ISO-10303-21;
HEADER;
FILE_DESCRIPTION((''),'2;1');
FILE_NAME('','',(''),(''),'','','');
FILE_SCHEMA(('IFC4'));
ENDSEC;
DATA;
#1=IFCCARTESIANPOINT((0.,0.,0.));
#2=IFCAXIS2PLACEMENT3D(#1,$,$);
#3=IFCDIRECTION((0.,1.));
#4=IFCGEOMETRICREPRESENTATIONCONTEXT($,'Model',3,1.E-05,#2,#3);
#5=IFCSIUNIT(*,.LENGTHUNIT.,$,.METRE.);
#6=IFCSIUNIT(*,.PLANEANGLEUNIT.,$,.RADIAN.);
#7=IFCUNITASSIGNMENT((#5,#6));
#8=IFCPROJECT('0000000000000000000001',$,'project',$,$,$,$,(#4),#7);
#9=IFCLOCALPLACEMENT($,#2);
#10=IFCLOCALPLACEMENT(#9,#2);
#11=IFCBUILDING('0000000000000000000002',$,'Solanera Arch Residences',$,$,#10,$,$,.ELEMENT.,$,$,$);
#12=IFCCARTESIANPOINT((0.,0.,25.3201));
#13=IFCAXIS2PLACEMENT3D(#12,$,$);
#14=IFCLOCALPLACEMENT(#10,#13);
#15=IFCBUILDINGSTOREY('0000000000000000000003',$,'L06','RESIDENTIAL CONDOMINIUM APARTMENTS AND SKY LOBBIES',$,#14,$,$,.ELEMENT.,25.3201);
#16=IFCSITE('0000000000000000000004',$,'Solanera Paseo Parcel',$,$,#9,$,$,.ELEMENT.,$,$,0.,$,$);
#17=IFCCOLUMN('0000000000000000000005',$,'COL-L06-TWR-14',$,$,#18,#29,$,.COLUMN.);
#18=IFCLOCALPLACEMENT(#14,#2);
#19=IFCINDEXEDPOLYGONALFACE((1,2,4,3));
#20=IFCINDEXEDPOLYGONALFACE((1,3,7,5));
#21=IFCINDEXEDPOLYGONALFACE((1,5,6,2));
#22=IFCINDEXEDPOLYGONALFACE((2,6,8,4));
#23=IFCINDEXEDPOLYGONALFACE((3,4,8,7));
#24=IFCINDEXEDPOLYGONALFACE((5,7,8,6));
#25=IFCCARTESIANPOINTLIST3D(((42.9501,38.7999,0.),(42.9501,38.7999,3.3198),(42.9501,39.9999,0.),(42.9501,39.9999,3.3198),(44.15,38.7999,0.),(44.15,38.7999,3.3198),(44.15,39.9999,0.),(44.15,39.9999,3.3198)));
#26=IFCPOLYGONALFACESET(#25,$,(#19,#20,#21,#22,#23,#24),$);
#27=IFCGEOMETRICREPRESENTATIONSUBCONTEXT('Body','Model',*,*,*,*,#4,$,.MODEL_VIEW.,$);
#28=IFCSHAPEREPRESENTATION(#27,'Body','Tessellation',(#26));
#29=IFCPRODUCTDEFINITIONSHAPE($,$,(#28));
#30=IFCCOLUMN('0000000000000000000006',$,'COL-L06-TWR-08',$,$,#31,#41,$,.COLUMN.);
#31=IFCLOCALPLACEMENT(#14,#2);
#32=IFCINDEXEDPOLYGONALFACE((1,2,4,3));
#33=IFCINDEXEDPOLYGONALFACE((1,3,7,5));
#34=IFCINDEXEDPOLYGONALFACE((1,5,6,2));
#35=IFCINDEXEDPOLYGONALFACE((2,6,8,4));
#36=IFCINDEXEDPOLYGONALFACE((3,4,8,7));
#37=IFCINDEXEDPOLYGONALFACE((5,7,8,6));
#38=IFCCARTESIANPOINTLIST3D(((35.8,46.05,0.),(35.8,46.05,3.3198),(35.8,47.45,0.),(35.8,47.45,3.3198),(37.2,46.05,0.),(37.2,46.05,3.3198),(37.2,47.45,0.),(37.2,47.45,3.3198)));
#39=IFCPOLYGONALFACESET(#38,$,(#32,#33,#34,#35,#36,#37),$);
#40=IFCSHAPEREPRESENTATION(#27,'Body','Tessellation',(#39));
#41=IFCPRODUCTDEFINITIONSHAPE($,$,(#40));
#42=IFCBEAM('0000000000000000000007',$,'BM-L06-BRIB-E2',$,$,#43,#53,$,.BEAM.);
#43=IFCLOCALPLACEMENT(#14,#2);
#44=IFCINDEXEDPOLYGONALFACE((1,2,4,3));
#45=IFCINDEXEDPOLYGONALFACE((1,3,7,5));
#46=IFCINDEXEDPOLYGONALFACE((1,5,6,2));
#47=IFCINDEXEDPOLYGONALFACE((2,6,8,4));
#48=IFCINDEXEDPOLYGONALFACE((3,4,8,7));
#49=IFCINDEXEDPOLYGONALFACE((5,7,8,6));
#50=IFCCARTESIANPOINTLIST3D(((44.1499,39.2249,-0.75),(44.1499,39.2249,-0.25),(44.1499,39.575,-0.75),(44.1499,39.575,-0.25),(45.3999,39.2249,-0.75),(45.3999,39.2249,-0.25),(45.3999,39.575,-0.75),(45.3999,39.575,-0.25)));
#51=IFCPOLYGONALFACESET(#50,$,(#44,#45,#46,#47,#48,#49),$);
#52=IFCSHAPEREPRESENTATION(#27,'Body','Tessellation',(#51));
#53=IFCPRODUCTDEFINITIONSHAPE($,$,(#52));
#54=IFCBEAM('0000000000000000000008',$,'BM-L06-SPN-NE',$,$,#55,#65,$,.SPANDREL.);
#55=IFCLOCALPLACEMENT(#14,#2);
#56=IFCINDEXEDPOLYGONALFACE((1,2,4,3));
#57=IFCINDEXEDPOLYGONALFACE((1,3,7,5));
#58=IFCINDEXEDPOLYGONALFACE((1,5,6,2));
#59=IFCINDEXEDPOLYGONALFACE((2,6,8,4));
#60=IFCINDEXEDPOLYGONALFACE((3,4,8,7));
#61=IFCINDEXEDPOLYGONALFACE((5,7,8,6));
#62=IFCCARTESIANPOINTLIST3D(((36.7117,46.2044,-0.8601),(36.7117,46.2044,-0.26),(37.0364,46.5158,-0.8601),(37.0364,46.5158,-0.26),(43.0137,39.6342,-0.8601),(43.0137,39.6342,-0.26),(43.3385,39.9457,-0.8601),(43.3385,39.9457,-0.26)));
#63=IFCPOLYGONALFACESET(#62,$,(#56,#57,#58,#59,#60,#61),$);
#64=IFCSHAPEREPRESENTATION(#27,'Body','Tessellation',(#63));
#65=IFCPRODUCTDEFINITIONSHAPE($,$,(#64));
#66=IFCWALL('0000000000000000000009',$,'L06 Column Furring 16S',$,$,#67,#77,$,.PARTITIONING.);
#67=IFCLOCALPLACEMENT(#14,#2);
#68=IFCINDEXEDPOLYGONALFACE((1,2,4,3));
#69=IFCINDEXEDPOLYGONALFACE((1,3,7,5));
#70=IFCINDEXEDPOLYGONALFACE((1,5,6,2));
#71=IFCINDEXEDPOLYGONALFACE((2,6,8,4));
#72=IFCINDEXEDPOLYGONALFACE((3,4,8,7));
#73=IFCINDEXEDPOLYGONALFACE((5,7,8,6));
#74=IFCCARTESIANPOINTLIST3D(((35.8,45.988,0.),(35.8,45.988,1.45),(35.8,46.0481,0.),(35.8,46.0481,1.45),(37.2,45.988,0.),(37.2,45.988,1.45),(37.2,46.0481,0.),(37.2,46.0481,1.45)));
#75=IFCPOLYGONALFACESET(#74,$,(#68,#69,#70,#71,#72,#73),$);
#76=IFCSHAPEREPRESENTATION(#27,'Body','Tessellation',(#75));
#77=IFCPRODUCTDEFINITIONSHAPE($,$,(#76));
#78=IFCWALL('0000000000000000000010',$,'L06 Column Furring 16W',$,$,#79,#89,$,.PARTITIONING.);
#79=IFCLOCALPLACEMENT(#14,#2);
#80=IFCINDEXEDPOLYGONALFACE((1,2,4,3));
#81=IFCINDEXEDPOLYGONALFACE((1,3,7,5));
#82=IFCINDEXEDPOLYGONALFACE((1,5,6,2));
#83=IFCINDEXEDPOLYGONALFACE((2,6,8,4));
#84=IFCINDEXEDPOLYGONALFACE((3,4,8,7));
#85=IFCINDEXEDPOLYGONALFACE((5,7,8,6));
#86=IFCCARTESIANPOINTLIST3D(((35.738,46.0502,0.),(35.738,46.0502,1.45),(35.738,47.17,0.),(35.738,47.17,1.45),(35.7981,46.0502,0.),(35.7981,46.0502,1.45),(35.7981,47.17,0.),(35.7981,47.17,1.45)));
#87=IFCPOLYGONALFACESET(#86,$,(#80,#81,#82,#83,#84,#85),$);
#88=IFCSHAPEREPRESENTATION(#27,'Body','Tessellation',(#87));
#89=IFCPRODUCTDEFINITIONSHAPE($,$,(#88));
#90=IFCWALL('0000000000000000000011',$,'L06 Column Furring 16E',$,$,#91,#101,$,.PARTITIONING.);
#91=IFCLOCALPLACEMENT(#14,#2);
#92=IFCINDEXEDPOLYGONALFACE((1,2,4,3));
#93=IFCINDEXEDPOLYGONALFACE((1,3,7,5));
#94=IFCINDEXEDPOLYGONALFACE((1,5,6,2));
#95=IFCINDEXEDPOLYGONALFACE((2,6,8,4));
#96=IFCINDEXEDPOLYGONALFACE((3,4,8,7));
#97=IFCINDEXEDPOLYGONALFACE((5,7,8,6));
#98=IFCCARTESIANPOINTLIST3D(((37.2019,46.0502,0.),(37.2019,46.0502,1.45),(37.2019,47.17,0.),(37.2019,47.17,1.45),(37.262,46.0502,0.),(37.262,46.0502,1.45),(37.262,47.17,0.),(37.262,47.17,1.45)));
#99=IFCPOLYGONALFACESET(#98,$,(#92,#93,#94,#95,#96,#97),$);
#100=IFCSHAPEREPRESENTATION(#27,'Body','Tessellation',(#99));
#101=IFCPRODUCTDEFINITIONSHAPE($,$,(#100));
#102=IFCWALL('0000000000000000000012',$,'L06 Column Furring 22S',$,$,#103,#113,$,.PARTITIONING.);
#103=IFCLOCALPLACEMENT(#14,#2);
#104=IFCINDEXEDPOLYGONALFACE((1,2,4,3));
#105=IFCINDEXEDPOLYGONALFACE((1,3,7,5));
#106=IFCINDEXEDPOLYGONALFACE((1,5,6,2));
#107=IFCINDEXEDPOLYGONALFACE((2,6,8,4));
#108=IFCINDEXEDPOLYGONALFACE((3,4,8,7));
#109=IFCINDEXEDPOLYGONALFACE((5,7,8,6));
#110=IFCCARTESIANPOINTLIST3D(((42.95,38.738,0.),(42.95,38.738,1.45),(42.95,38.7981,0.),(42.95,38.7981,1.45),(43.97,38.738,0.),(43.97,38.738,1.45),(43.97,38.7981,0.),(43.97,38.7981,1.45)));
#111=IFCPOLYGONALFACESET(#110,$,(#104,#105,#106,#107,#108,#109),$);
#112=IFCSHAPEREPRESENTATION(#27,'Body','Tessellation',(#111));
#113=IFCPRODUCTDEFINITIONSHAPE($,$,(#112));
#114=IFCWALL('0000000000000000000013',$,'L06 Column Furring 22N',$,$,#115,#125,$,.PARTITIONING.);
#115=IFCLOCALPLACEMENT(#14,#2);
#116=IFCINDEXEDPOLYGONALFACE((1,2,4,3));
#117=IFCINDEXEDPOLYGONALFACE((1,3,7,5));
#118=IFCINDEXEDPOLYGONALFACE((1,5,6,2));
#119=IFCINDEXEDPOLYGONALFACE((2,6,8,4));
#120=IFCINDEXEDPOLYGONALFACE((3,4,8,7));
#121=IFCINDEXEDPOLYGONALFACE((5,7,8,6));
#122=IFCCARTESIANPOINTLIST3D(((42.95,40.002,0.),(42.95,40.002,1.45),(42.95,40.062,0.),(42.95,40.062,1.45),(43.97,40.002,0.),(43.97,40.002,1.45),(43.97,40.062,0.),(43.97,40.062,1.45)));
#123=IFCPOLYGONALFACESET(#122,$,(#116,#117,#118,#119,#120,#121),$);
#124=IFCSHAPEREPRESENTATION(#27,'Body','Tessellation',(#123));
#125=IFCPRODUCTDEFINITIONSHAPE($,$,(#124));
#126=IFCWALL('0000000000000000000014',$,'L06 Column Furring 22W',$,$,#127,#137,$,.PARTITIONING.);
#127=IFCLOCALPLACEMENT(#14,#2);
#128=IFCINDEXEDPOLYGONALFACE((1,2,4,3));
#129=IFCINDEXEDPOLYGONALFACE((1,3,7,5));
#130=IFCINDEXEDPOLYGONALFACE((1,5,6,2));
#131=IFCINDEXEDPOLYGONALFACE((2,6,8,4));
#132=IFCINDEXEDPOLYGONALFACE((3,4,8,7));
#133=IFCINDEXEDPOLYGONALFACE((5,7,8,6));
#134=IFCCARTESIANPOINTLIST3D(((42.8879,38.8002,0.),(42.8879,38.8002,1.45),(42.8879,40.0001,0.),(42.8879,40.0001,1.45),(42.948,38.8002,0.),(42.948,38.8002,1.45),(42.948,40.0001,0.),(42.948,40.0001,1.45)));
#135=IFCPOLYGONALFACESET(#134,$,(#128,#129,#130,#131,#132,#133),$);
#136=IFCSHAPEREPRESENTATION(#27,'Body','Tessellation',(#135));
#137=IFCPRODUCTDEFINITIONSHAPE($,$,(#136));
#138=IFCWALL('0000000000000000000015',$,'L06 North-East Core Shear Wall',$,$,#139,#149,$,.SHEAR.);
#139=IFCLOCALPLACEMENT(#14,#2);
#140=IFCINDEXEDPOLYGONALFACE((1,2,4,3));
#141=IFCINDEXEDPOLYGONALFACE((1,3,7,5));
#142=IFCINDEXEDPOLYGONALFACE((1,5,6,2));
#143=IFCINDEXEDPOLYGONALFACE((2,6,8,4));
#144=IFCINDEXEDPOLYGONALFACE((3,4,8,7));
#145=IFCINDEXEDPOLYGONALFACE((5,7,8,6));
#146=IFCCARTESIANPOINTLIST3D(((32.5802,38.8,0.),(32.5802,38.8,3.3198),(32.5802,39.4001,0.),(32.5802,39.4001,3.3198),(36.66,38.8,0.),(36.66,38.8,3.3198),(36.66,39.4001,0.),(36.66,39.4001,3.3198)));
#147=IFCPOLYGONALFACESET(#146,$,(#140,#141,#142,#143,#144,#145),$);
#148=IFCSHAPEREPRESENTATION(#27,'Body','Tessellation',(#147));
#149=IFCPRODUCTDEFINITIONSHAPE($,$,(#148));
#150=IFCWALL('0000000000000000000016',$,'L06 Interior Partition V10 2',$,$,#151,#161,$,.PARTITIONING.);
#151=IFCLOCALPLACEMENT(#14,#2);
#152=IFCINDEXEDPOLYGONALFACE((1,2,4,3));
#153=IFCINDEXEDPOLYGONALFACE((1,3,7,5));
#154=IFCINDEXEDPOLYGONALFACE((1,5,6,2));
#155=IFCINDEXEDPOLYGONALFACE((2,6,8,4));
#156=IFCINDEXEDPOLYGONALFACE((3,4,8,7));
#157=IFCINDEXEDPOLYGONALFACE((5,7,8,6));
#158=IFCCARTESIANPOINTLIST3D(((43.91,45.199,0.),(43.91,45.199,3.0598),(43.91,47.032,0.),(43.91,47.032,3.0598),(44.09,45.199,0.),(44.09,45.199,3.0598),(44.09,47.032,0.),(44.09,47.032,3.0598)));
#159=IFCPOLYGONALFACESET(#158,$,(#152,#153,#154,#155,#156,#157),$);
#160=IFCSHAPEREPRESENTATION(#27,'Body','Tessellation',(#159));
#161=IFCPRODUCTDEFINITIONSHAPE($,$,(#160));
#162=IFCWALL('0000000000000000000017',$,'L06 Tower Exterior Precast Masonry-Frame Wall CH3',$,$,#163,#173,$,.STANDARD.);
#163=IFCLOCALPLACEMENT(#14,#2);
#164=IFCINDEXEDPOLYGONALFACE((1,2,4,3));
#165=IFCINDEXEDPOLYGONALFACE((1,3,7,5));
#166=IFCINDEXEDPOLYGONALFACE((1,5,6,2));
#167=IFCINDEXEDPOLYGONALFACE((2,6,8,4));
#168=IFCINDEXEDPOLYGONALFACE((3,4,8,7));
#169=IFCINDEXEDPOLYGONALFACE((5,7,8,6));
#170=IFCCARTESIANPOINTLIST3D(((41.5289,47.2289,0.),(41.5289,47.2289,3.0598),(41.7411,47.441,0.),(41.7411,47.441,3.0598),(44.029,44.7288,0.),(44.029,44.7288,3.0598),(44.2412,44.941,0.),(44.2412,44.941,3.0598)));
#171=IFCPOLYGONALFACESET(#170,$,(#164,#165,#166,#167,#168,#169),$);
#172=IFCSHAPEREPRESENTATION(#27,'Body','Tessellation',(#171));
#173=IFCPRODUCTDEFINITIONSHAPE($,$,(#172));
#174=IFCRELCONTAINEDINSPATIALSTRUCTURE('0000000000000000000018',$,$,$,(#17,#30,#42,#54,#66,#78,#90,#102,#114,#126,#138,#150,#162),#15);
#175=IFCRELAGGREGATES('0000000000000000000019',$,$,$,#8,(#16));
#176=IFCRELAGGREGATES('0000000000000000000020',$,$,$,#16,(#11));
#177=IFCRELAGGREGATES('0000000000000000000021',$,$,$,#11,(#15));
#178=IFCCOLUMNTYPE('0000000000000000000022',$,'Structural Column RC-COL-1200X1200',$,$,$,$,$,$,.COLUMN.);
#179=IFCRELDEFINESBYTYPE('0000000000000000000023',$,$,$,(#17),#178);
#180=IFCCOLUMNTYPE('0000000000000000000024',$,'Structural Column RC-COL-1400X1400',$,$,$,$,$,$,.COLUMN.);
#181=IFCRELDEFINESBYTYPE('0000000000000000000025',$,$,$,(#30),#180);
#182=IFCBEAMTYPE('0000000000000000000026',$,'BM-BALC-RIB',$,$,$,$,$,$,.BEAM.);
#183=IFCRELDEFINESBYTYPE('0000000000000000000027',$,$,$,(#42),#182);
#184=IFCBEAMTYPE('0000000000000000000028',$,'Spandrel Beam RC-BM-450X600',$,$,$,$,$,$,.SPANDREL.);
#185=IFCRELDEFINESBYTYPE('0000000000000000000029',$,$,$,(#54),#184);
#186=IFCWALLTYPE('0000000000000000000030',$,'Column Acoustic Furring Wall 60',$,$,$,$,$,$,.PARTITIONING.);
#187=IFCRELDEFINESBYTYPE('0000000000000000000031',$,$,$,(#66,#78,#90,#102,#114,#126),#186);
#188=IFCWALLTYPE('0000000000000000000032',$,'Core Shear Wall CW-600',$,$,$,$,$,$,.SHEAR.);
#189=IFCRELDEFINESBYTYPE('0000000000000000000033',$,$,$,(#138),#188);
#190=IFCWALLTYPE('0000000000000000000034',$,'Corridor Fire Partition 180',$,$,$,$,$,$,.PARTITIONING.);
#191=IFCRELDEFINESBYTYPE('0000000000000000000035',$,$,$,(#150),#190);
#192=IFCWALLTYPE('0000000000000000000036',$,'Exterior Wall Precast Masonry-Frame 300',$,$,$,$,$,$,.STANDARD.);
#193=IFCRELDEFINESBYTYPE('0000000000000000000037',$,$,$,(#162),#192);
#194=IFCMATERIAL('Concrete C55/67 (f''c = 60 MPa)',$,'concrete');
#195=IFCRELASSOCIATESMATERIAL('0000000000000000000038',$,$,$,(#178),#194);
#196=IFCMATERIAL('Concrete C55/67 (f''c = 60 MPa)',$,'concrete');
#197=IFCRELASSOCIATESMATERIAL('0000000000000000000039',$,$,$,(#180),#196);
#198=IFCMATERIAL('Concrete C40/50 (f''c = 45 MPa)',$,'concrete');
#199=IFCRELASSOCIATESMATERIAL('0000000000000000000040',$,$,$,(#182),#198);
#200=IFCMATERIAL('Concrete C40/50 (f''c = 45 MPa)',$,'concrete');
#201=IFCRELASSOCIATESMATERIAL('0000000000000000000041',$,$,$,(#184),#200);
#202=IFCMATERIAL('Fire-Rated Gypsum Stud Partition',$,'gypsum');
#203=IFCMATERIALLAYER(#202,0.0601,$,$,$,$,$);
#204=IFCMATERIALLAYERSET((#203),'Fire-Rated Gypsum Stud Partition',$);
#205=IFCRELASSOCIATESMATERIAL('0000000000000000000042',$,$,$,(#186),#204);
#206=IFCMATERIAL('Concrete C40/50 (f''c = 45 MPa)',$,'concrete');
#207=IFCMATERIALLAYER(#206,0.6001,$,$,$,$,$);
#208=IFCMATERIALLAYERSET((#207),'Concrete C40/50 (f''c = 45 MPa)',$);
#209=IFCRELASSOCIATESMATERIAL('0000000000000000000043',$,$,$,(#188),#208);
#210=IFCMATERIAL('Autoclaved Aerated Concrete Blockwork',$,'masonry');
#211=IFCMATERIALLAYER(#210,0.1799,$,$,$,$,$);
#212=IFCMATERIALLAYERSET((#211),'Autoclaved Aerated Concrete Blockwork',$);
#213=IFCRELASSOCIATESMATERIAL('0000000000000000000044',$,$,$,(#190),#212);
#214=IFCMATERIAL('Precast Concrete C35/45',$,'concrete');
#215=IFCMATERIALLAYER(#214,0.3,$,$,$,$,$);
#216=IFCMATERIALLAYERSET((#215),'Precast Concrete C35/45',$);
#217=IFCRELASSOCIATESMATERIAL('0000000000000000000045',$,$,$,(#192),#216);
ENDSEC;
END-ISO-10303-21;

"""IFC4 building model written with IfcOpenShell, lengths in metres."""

from ifc_helpers import new_model, si_unit, direction, frame, frame_2d, origin, origin_2d, place, context, subcontext, project, spatial, rectangle, extrude, material, layer, layer_set, material_profile, profile_set, type_object, element, save


model = new_model("IFC4")

# Units and contexts
model_context = context("Model", 3, precision=1e-05, world=origin(), true_north=direction((0.0, 1.0)))
body_context = subcontext(model_context, "Body", "Model", "MODEL_VIEW")
ifc_project = project(units=[si_unit("LENGTHUNIT", "METRE"), si_unit("PLANEANGLEUNIT", "RADIAN")], contexts=[model_context])

# Site, building, storey
site_placement = place(None, origin())
site = spatial("IfcSite", under=ifc_project, at=site_placement, Name="Solanera Paseo Parcel", CompositionType="ELEMENT", RefElevation=0.0)
building_placement = place(site_placement, origin())
building = spatial("IfcBuilding", under=site, at=building_placement, Name="Solanera Arch Residences", CompositionType="ELEMENT")
storey_placement = place(building_placement, frame((0.0, 0.0, 25.3201)))
storey = spatial("IfcBuildingStorey", under=building, at=storey_placement, Name="L06", Description="RESIDENTIAL CONDOMINIUM APARTMENTS AND SKY LOBBIES", CompositionType="ELEMENT", Elevation=25.3201)

# Columns
ifc_material_1 = material(Name="Concrete C55/67 (f'c = 60 MPa)", Category="concrete")
ifc_material_profile_1 = material_profile(ifc_material_1, rectangle(XDim=1.2, YDim=1.2, at=origin_2d()))
ifc_profile_set_1 = profile_set([ifc_material_profile_1], Name="Concrete C55/67 (f'c = 60 MPa)")
column_type_1 = type_object("IfcColumnType", Name="Structural Column RC-COL-1200X1200", PredefinedType="COLUMN", material=ifc_profile_set_1)
column_1_placement = place(storey_placement, frame((43.55, 39.3999, 0.0), z_axis=(0.0, 0.0, 1.0), x_axis=(1.0, 0.0, 0.0)))
element("IfcColumn", 1, at=column_1_placement, inside=storey, type_object=column_type_1, Name="COL-L06-TWR-14", PredefinedType="COLUMN", context=body_context, shape_type="SweptSolid", body=[
    extrude(rectangle(XDim=1.2, YDim=1.2, at=origin_2d()), origin(), (0.0, 0.0, 1.0), 3.3198),
])
ifc_material_2 = material(Name="Concrete C55/67 (f'c = 60 MPa)", Category="concrete")
ifc_material_profile_2 = material_profile(ifc_material_2, rectangle(XDim=1.3999, YDim=1.3999, at=origin_2d()))
ifc_profile_set_2 = profile_set([ifc_material_profile_2], Name="Concrete C55/67 (f'c = 60 MPa)")
column_type_2 = type_object("IfcColumnType", Name="Structural Column RC-COL-1400X1400", PredefinedType="COLUMN", material=ifc_profile_set_2)
column_2_placement = place(storey_placement, frame((36.5, 46.75, 0.0), z_axis=(0.0, 0.0, 1.0), x_axis=(1.0, 0.0, 0.0)))
element("IfcColumn", 2, at=column_2_placement, inside=storey, type_object=column_type_2, Name="COL-L06-TWR-08", PredefinedType="COLUMN", context=body_context, shape_type="SweptSolid", body=[
    extrude(rectangle(XDim=1.3999, YDim=1.3999, at=origin_2d()), origin(), (0.0, 0.0, 1.0), 3.3198),
])

# Beams
ifc_material_3 = material(Name="Concrete C40/50 (f'c = 45 MPa)", Category="concrete")
ifc_material_profile_3 = material_profile(ifc_material_3, rectangle(XDim=0.3501, YDim=0.5, at=origin_2d()))
ifc_profile_set_3 = profile_set([ifc_material_profile_3], Name="Concrete C40/50 (f'c = 45 MPa)")
beam_type_1 = type_object("IfcBeamType", Name="BM-BALC-RIB", PredefinedType="BEAM", material=ifc_profile_set_3)
beam_1_placement = place(storey_placement, frame((44.1499, 39.3999, -0.5), z_axis=(1.0, 0.0, 0.0), x_axis=(0.0, 1.0, 0.0)))
element("IfcBeam", 3, at=beam_1_placement, inside=storey, type_object=beam_type_1, Name="BM-L06-BRIB-E2", PredefinedType="BEAM", context=body_context, shape_type="SweptSolid", body=[
    extrude(rectangle(XDim=0.3501, YDim=0.5, at=origin_2d()), origin(), (0.0, 0.0, 1.0), 1.25),
])
ifc_material_4 = material(Name="Concrete C40/50 (f'c = 45 MPa)", Category="concrete")
ifc_material_profile_4 = material_profile(ifc_material_4, rectangle(XDim=0.45, YDim=0.6001, at=origin_2d()))
ifc_profile_set_4 = profile_set([ifc_material_profile_4], Name="Concrete C40/50 (f'c = 45 MPa)")
beam_type_2 = type_object("IfcBeamType", Name="Spandrel Beam RC-BM-450X600", PredefinedType="SPANDREL", material=ifc_profile_set_4)
beam_2_placement = place(storey_placement, frame((36.874, 46.3601, -0.5601), z_axis=(0.692231, -0.721676, 0.0), x_axis=(0.721676, 0.692231, 0.0)))
element("IfcBeam", 4, at=beam_2_placement, inside=storey, type_object=beam_type_2, Name="BM-L06-SPN-NE", PredefinedType="SPANDREL", context=body_context, shape_type="SweptSolid", body=[
    extrude(rectangle(XDim=0.45, YDim=0.6001, at=origin_2d()), origin(), (0.0, 0.0, 1.0), 9.104),
])

# Walls
ifc_material_5 = material(Name="Fire-Rated Gypsum Stud Partition", Category="gypsum")
ifc_layer_1 = layer(ifc_material_5, 0.0601)
ifc_layer_set_1 = layer_set([ifc_layer_1], Name="Fire-Rated Gypsum Stud Partition")
wall_type_1 = type_object("IfcWallType", Name="Column Acoustic Furring Wall 60", PredefinedType="PARTITIONING", material=ifc_layer_set_1)
wall_1_placement = place(storey_placement, frame((35.8, 46.0181, 0.0), z_axis=(0.0, 0.0, 1.0), x_axis=(1.0, 0.0, 0.0)))
element("IfcWall", 5, at=wall_1_placement, inside=storey, type_object=wall_type_1, Name="L06 Column Furring 16S", PredefinedType="PARTITIONING", context=body_context, shape_type="SweptSolid", body=[
    extrude(rectangle(XDim=1.3999, YDim=0.0601, at=frame_2d((0.7, 0.0))), origin(), (0.0, 0.0, 1.0), 1.45),
])
for number, where, z_axis, x_axis, name in (
    (6, (35.7681, 46.05, 0.0), (0.0, 0.0, 1.0), (0.0, 1.0, 0.0), "L06 Column Furring 16W"),
    (7, (37.2319, 46.05, 0.0), (0.0, 0.0, 1.0), (0.0, 1.0, 0.0), "L06 Column Furring 16E"),
):
    element("IfcWall", number, at=place(storey_placement, frame(where, z_axis=z_axis, x_axis=x_axis)), inside=storey, type_object=wall_type_1, Name=name, PredefinedType="PARTITIONING", context=body_context, shape_type="SweptSolid", body=[
        extrude(rectangle(XDim=1.1199, YDim=0.0601, at=frame_2d((0.5601, 0.0))), origin(), (0.0, 0.0, 1.0), 1.45),
    ])
for number, where, z_axis, x_axis, name in (
    (8, (42.95, 38.7681, 0.0), (0.0, 0.0, 1.0), (1.0, 0.0, 0.0), "L06 Column Furring 22S"),
    (9, (42.95, 40.032, 0.0), (0.0, 0.0, 1.0), (1.0, 0.0, 0.0), "L06 Column Furring 22N"),
):
    element("IfcWall", number, at=place(storey_placement, frame(where, z_axis=z_axis, x_axis=x_axis)), inside=storey, type_object=wall_type_1, Name=name, PredefinedType="PARTITIONING", context=body_context, shape_type="SweptSolid", body=[
        extrude(rectangle(XDim=1.02, YDim=0.0601, at=frame_2d((0.51, 0.0))), origin(), (0.0, 0.0, 1.0), 1.45),
    ])
wall_2_placement = place(storey_placement, frame((42.918, 38.8, 0.0), z_axis=(0.0, 0.0, 1.0), x_axis=(0.0, 1.0, 0.0)))
element("IfcWall", 10, at=wall_2_placement, inside=storey, type_object=wall_type_1, Name="L06 Column Furring 22W", PredefinedType="PARTITIONING", context=body_context, shape_type="SweptSolid", body=[
    extrude(rectangle(XDim=1.2, YDim=0.0601, at=frame_2d((0.6001, 0.0))), origin(), (0.0, 0.0, 1.0), 1.45),
])
ifc_material_6 = material(Name="Concrete C40/50 (f'c = 45 MPa)", Category="concrete")
ifc_layer_2 = layer(ifc_material_6, 0.6001)
ifc_layer_set_2 = layer_set([ifc_layer_2], Name="Concrete C40/50 (f'c = 45 MPa)")
wall_type_2 = type_object("IfcWallType", Name="Core Shear Wall CW-600", PredefinedType="SHEAR", material=ifc_layer_set_2)
wall_3_placement = place(storey_placement, frame((32.5801, 39.1001, 0.0), z_axis=(0.0, 0.0, 1.0), x_axis=(1.0, 0.0, 0.0)))
element("IfcWall", 11, at=wall_3_placement, inside=storey, type_object=wall_type_2, Name="L06 North-East Core Shear Wall", PredefinedType="SHEAR", context=body_context, shape_type="SweptSolid", body=[
    extrude(rectangle(XDim=4.0798, YDim=0.6001, at=frame_2d((2.04, 0.0))), origin(), (0.0, 0.0, 1.0), 3.3198),
])
ifc_material_7 = material(Name="Autoclaved Aerated Concrete Blockwork", Category="masonry")
ifc_layer_3 = layer(ifc_material_7, 0.1799)
ifc_layer_set_3 = layer_set([ifc_layer_3], Name="Autoclaved Aerated Concrete Blockwork")
wall_type_3 = type_object("IfcWallType", Name="Corridor Fire Partition 180", PredefinedType="PARTITIONING", material=ifc_layer_set_3)
wall_4_placement = place(storey_placement, frame((44.0, 45.199, 0.0), z_axis=(0.0, 0.0, 1.0), x_axis=(0.0, 1.0, 0.0)))
element("IfcWall", 12, at=wall_4_placement, inside=storey, type_object=wall_type_3, Name="L06 Interior Partition V10 2", PredefinedType="PARTITIONING", context=body_context, shape_type="SweptSolid", body=[
    extrude(rectangle(XDim=1.833, YDim=0.1799, at=frame_2d((0.9165, 0.0))), origin(), (0.0, 0.0, 1.0), 3.0598),
])
ifc_material_8 = material(Name="Precast Concrete C35/45", Category="concrete")
ifc_layer_4 = layer(ifc_material_8, 0.3)
ifc_layer_set_4 = layer_set([ifc_layer_4], Name="Precast Concrete C35/45")
wall_type_4 = type_object("IfcWallType", Name="Exterior Wall Precast Masonry-Frame 300", PredefinedType="STANDARD", material=ifc_layer_set_4)
wall_5_placement = place(storey_placement, frame((41.635, 47.335, 0.0), z_axis=(0.0, 0.0, 1.0), x_axis=(0.707107, -0.707107, 0.0)))
element("IfcWall", 13, at=wall_5_placement, inside=storey, type_object=wall_type_4, Name="L06 Tower Exterior Precast Masonry-Frame Wall CH3", PredefinedType="STANDARD", context=body_context, shape_type="SweptSolid", body=[
    extrude(rectangle(XDim=3.5356, YDim=0.3, at=frame_2d((1.7678, 0.0))), origin(), (0.0, 0.0, 1.0), 3.0598),
])

save(model, "model.ifc")
